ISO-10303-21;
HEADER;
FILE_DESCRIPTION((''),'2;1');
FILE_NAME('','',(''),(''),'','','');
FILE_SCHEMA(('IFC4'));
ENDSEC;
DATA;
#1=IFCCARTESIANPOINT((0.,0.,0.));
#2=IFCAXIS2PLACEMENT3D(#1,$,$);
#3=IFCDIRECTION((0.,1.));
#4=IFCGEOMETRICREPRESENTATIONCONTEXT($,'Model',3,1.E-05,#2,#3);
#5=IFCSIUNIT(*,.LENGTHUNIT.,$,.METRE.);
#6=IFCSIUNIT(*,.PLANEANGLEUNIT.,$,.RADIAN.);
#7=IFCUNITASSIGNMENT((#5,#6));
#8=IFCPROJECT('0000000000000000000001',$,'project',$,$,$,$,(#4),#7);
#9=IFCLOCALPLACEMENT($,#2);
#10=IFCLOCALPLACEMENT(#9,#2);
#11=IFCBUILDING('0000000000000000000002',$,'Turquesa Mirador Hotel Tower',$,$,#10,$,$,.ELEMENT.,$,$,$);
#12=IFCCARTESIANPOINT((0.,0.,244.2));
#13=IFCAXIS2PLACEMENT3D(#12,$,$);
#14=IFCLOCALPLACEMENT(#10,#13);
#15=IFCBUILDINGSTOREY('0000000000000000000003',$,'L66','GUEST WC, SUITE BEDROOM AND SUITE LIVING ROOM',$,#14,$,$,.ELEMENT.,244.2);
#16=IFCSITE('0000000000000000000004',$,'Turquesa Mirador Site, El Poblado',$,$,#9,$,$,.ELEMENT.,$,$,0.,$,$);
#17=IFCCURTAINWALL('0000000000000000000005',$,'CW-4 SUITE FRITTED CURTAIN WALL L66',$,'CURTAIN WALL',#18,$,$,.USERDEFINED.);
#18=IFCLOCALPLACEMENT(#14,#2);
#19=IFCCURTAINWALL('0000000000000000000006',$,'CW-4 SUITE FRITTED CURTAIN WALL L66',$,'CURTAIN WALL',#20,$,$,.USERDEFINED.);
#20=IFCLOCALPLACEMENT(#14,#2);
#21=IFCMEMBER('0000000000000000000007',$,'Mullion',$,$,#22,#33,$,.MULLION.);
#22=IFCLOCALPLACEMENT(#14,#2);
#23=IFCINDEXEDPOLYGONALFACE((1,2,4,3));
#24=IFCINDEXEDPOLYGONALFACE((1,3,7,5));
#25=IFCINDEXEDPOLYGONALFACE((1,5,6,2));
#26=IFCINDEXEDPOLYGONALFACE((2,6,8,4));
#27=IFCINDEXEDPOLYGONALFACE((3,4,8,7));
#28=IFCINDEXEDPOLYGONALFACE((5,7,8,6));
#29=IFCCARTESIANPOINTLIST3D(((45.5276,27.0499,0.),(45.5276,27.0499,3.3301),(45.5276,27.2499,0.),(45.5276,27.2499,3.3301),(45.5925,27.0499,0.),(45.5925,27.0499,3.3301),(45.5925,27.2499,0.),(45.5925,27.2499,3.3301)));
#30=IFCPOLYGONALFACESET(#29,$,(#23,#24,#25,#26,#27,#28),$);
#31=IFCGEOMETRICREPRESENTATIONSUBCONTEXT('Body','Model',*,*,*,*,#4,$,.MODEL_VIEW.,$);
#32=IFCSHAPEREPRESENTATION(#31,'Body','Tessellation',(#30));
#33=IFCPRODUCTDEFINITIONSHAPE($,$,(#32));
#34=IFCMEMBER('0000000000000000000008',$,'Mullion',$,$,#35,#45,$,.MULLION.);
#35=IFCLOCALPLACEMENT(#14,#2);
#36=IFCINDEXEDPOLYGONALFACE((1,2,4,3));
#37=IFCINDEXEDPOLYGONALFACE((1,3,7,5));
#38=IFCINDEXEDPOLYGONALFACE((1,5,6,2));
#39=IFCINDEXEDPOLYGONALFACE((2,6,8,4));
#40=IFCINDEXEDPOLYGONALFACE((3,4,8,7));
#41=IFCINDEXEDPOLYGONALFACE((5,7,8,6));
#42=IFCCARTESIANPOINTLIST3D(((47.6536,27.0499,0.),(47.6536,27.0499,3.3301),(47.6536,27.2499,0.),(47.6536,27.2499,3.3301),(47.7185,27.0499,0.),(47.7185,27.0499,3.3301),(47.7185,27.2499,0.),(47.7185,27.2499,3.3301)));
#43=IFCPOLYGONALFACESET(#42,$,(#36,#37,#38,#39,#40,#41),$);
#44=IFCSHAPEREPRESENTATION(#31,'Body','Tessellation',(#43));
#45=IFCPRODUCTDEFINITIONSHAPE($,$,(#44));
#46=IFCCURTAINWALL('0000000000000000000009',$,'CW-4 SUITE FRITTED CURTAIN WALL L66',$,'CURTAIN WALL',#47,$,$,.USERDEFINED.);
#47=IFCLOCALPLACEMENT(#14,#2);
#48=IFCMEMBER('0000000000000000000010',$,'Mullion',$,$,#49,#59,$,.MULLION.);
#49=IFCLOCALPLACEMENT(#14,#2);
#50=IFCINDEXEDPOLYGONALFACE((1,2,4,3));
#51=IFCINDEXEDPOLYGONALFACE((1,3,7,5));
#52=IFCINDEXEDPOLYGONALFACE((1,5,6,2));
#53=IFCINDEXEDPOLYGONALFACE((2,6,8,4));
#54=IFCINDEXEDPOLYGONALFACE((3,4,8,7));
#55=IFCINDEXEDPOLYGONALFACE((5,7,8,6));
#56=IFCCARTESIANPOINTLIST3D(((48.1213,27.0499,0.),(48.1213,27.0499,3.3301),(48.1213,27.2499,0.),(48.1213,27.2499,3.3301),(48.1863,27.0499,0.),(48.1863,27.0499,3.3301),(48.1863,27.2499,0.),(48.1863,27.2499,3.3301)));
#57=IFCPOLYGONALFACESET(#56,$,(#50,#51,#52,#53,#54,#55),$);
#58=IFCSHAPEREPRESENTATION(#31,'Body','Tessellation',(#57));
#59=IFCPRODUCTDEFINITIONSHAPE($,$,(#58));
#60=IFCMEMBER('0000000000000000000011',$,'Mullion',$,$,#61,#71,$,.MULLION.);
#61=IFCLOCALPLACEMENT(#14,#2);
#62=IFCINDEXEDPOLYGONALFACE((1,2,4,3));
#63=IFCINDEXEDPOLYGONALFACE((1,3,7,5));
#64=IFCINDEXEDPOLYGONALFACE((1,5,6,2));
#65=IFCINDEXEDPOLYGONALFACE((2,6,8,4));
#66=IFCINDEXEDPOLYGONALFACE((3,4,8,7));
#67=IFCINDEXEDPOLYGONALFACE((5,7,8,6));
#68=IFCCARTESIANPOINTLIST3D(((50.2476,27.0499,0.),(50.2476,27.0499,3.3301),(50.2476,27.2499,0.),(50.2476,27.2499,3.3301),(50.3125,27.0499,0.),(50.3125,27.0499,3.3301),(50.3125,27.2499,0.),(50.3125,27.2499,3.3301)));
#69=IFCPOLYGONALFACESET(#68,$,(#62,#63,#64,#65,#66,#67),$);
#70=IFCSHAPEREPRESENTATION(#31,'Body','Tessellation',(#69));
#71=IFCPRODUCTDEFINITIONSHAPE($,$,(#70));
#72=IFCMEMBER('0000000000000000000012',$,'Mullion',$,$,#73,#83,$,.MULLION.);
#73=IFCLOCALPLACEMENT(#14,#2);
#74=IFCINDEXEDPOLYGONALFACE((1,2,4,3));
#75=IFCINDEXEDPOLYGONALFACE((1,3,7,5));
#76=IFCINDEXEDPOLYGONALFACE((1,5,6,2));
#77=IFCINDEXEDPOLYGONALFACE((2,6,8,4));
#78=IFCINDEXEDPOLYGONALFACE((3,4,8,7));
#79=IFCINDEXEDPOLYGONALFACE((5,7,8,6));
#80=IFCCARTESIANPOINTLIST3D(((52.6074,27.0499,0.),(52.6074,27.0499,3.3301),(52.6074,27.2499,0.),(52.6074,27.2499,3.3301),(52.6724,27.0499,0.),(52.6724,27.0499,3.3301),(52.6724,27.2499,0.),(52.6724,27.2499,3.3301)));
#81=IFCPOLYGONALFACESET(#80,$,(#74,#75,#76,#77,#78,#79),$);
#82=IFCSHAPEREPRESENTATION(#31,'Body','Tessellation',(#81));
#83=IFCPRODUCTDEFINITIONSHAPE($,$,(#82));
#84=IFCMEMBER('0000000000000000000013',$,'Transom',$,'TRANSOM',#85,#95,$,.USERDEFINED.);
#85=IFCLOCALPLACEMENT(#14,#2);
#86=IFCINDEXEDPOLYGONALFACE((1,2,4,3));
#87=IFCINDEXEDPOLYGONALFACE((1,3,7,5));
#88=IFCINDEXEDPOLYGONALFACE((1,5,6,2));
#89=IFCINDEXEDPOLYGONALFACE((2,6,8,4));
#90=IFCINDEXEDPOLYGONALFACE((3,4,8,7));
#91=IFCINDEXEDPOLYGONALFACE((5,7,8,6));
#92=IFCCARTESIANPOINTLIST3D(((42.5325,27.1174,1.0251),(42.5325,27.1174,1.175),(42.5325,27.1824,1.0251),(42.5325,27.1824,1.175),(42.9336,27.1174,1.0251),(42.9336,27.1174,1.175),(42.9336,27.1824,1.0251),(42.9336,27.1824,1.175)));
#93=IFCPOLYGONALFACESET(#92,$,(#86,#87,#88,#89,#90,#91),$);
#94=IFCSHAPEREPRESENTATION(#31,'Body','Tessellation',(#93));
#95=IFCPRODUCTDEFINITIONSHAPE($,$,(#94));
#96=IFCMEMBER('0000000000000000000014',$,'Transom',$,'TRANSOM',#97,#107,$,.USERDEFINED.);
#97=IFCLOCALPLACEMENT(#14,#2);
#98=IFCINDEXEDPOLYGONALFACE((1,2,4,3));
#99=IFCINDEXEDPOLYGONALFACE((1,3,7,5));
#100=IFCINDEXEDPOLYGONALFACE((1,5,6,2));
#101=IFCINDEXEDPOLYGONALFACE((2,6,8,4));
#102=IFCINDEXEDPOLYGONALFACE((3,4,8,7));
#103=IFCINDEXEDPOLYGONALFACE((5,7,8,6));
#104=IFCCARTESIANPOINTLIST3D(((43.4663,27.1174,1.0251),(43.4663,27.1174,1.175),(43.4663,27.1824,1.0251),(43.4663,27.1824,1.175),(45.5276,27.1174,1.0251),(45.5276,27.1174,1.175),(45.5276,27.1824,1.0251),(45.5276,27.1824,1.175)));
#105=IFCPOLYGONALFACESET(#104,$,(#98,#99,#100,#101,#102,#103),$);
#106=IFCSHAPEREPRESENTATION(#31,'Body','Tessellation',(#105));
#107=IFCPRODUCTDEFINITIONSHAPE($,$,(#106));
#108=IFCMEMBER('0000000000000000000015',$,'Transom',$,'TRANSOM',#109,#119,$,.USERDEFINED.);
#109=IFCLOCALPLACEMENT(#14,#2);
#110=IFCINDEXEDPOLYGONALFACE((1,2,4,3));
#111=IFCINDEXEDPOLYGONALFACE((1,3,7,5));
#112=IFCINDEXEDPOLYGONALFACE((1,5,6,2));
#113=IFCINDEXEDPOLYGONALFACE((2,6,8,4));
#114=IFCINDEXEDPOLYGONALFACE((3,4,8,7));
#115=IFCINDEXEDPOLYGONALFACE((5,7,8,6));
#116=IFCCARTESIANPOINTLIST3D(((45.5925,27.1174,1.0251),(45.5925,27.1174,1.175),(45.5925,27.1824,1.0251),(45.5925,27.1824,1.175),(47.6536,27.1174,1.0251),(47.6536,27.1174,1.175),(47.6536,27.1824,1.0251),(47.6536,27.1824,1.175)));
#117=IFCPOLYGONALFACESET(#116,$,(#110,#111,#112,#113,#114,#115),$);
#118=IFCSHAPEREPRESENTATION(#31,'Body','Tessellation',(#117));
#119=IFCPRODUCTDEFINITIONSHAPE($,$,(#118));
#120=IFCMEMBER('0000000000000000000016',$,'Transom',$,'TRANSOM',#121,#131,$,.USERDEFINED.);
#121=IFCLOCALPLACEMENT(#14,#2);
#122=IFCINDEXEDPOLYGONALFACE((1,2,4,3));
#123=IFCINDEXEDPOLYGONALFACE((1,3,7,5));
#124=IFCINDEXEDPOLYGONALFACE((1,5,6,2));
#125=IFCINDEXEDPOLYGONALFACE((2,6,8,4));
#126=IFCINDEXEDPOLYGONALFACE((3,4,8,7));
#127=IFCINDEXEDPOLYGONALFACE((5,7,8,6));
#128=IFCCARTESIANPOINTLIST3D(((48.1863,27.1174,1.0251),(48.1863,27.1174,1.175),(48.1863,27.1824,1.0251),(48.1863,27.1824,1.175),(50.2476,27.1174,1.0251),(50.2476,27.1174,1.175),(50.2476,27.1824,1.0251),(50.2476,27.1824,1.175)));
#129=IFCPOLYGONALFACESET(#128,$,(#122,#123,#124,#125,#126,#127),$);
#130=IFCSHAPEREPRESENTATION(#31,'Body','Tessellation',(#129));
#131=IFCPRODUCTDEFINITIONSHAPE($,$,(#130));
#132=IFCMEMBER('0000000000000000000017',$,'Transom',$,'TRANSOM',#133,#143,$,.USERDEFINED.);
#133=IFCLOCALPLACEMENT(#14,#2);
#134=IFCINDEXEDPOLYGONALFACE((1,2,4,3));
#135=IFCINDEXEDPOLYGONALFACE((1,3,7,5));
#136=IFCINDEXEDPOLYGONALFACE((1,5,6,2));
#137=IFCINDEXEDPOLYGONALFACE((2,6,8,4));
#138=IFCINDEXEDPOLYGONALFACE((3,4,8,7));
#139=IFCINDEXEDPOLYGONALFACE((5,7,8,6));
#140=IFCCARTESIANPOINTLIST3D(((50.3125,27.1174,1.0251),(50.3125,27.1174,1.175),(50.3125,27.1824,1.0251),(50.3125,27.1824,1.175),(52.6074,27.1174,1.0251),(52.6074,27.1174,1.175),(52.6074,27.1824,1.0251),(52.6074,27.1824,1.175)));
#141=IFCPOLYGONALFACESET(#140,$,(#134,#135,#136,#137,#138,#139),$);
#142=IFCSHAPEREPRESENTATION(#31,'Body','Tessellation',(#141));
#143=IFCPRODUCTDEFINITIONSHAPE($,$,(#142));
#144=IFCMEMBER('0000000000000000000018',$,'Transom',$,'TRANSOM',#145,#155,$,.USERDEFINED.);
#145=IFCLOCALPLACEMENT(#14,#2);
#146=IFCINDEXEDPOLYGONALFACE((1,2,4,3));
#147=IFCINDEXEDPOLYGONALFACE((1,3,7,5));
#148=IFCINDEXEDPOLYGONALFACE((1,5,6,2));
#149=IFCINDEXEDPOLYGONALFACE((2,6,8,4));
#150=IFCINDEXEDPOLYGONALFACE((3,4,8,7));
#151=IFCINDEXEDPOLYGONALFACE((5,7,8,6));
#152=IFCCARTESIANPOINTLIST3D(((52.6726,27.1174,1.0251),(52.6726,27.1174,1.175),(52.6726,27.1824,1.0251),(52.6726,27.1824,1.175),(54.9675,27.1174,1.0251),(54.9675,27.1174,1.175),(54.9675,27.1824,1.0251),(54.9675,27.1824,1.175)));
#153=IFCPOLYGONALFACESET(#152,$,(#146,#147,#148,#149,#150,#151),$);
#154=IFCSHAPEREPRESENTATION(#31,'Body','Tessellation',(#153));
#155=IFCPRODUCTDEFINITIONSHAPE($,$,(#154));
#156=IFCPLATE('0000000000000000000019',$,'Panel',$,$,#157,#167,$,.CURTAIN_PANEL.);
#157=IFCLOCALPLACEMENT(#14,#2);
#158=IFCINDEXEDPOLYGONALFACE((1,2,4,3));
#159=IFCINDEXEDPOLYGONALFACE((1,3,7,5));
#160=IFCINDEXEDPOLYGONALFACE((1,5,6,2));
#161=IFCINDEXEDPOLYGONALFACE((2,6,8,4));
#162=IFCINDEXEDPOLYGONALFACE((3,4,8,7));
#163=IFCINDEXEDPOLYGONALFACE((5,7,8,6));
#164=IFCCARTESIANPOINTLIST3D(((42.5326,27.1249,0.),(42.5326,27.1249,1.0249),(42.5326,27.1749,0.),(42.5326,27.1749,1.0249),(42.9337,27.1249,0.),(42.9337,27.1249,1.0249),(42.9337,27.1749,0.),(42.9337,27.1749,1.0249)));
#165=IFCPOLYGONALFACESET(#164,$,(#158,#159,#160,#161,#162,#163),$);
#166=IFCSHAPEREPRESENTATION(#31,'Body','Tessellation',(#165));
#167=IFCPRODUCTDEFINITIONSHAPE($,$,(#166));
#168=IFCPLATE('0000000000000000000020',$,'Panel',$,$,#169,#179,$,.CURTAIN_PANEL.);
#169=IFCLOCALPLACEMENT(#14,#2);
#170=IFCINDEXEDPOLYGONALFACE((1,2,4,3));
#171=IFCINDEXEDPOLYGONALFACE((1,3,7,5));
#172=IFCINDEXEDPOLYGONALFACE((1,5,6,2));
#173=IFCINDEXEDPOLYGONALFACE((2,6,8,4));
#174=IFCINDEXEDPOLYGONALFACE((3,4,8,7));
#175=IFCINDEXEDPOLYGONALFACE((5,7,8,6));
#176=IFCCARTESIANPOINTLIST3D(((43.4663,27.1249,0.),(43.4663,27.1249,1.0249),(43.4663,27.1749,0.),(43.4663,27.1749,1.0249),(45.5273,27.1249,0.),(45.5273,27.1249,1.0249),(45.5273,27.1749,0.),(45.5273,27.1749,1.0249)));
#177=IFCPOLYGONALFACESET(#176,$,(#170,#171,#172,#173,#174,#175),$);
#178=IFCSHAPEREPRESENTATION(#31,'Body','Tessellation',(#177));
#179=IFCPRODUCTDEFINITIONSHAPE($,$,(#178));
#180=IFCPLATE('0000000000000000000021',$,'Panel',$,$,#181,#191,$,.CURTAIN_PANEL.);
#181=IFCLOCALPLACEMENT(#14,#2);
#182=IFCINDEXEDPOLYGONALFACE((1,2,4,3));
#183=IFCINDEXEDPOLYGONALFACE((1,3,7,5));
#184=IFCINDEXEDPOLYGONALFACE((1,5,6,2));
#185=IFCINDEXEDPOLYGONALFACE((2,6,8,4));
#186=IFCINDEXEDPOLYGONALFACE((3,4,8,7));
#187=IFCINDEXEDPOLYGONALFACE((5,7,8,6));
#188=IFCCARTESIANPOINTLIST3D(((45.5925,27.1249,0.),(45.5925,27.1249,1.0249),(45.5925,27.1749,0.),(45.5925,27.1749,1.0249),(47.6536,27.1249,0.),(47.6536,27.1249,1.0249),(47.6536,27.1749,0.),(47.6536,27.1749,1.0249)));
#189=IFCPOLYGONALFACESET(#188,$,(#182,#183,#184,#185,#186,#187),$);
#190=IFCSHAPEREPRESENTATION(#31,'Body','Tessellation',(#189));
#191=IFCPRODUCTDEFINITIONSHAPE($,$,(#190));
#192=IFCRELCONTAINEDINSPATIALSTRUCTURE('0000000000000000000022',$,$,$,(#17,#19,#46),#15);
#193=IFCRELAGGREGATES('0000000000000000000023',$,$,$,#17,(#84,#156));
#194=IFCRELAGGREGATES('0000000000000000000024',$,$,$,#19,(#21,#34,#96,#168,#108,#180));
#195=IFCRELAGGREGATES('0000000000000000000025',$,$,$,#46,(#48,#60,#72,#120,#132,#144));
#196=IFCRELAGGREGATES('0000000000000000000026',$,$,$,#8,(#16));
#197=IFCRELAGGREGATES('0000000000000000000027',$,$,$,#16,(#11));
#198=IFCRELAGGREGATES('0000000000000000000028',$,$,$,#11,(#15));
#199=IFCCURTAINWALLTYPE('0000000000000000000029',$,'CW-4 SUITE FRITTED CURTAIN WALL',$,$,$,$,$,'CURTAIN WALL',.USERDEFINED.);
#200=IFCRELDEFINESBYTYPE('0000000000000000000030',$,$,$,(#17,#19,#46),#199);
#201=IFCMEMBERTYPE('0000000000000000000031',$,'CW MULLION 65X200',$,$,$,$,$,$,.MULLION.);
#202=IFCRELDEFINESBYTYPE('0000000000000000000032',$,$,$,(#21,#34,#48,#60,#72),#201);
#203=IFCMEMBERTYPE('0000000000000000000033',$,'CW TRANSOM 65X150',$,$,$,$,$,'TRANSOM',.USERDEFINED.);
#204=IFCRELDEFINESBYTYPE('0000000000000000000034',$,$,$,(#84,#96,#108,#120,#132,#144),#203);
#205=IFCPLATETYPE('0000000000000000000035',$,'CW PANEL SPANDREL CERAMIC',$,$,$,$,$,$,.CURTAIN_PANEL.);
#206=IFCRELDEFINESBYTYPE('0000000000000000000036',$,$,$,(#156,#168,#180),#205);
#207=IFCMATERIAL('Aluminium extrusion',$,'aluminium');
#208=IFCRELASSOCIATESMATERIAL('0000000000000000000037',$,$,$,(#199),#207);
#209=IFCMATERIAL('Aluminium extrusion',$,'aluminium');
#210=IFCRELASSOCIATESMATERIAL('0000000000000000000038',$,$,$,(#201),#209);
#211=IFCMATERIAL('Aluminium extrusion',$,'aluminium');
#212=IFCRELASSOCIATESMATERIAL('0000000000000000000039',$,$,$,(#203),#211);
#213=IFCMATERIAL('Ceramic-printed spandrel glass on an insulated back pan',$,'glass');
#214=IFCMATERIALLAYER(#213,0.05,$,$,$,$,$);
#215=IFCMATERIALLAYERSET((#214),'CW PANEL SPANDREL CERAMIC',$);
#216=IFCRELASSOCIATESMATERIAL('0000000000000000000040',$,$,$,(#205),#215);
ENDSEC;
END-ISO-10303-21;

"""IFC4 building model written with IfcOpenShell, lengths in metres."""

from ifc_helpers import new_model, si_unit, direction, frame, origin, origin_2d, place, context, subcontext, project, spatial, rectangle, extrude, material, layer, layer_set, material_profile, profile_set, type_object, element, aggregate, save


model = new_model("IFC4")

# Units and contexts
model_context = context("Model", 3, precision=1e-05, world=origin(), true_north=direction((0.0, 1.0)))
body_context = subcontext(model_context, "Body", "Model", "MODEL_VIEW")
ifc_project = project(units=[si_unit("LENGTHUNIT", "METRE"), si_unit("PLANEANGLEUNIT", "RADIAN")], contexts=[model_context])

# Site, building, storey
site_placement = place(None, origin())
site = spatial("IfcSite", under=ifc_project, at=site_placement, Name="Turquesa Mirador Site, El Poblado", CompositionType="ELEMENT", RefElevation=0.0)
building_placement = place(site_placement, origin())
building = spatial("IfcBuilding", under=site, at=building_placement, Name="Turquesa Mirador Hotel Tower", CompositionType="ELEMENT")
storey_placement = place(building_placement, frame((0.0, 0.0, 244.2)))
storey = spatial("IfcBuildingStorey", under=building, at=storey_placement, Name="L66", Description="GUEST WC, SUITE BEDROOM AND SUITE LIVING ROOM", CompositionType="ELEMENT", Elevation=244.2)

# Curtain walls, members
ifc_material_1 = material(Name="Aluminium extrusion", Category="aluminium")
curtain_wall_type = type_object("IfcCurtainWallType", Name="CW-4 SUITE FRITTED CURTAIN WALL", ElementType="CURTAIN WALL", PredefinedType="USERDEFINED", material=ifc_material_1)
curtain_wall_1_placement = place(storey_placement, origin())
curtain_wall_1 = element("IfcCurtainWall", 1, at=curtain_wall_1_placement, inside=storey, type_object=curtain_wall_type, Name="CW-4 SUITE FRITTED CURTAIN WALL L66", ObjectType="CURTAIN WALL", PredefinedType="USERDEFINED")
ifc_material_2 = material(Name="Aluminium extrusion", Category="aluminium")
ifc_material_profile_1 = material_profile(ifc_material_2, rectangle(XDim=0.0649, YDim=0.2, at=origin_2d()), Name="MULLION 65X200")
ifc_profile_set_1 = profile_set([ifc_material_profile_1], Name="Aluminium extrusion")
member_type_1 = type_object("IfcMemberType", Name="CW MULLION 65X200", PredefinedType="MULLION", material=ifc_profile_set_1)
curtain_wall_2_placement = place(storey_placement, origin())
curtain_wall_2 = element("IfcCurtainWall", 2, at=curtain_wall_2_placement, inside=storey, type_object=curtain_wall_type, Name="CW-4 SUITE FRITTED CURTAIN WALL L66", ObjectType="CURTAIN WALL", PredefinedType="USERDEFINED")
member_1_placement = place(storey_placement, frame((45.5601, 27.1499, 0.0), z_axis=(0.0, 0.0, 1.0), x_axis=(1.0, 0.0, 0.0)))
member_1 = element("IfcMember", 3, at=member_1_placement, type_object=member_type_1, Name="Mullion", PredefinedType="MULLION", context=body_context, shape_type="SweptSolid", body=[
    extrude(rectangle(XDim=0.0649, YDim=0.2, at=origin_2d()), origin(), (0.0, 0.0, 1.0), 3.3301),
])
member_2_placement = place(storey_placement, frame((47.686, 27.1499, 0.0), z_axis=(0.0, 0.0, 1.0), x_axis=(1.0, 0.0, 0.0)))
member_2 = element("IfcMember", 4, at=member_2_placement, type_object=member_type_1, Name="Mullion", PredefinedType="MULLION", context=body_context, shape_type="SweptSolid", body=[
    extrude(rectangle(XDim=0.0649, YDim=0.2, at=origin_2d()), origin(), (0.0, 0.0, 1.0), 3.3301),
])
curtain_wall_3_placement = place(storey_placement, origin())
curtain_wall_3 = element("IfcCurtainWall", 5, at=curtain_wall_3_placement, inside=storey, type_object=curtain_wall_type, Name="CW-4 SUITE FRITTED CURTAIN WALL L66", ObjectType="CURTAIN WALL", PredefinedType="USERDEFINED")
member_3_placement = place(storey_placement, frame((48.1538, 27.1499, 0.0), z_axis=(0.0, 0.0, 1.0), x_axis=(1.0, 0.0, 0.0)))
member_3 = element("IfcMember", 6, at=member_3_placement, type_object=member_type_1, Name="Mullion", PredefinedType="MULLION", context=body_context, shape_type="SweptSolid", body=[
    extrude(rectangle(XDim=0.0649, YDim=0.2, at=origin_2d()), origin(), (0.0, 0.0, 1.0), 3.3301),
])
member_4_placement = place(storey_placement, frame((50.28, 27.1499, 0.0), z_axis=(0.0, 0.0, 1.0), x_axis=(1.0, 0.0, 0.0)))
member_4 = element("IfcMember", 7, at=member_4_placement, type_object=member_type_1, Name="Mullion", PredefinedType="MULLION", context=body_context, shape_type="SweptSolid", body=[
    extrude(rectangle(XDim=0.0649, YDim=0.2, at=origin_2d()), origin(), (0.0, 0.0, 1.0), 3.3301),
])
member_5_placement = place(storey_placement, frame((52.6399, 27.1499, 0.0), z_axis=(0.0, 0.0, 1.0), x_axis=(1.0, 0.0, 0.0)))
member_5 = element("IfcMember", 8, at=member_5_placement, type_object=member_type_1, Name="Mullion", PredefinedType="MULLION", context=body_context, shape_type="SweptSolid", body=[
    extrude(rectangle(XDim=0.0649, YDim=0.2, at=origin_2d()), origin(), (0.0, 0.0, 1.0), 3.3301),
])

# Members
ifc_material_3 = material(Name="Aluminium extrusion", Category="aluminium")
ifc_material_profile_2 = material_profile(ifc_material_3, rectangle(XDim=0.0649, YDim=0.1499, at=origin_2d()), Name="TRANSOM 65X150")
ifc_profile_set_2 = profile_set([ifc_material_profile_2], Name="Aluminium extrusion")
member_type_2 = type_object("IfcMemberType", Name="CW TRANSOM 65X150", ElementType="TRANSOM", PredefinedType="USERDEFINED", material=ifc_profile_set_2)
member_6_placement = place(storey_placement, frame((42.5325, 27.1499, 1.1001), z_axis=(1.0, 0.0, 0.0), x_axis=(0.0, 1.0, 0.0)))
member_6 = element("IfcMember", 9, at=member_6_placement, type_object=member_type_2, Name="Transom", ObjectType="TRANSOM", PredefinedType="USERDEFINED", context=body_context, shape_type="SweptSolid", body=[
    extrude(rectangle(XDim=0.0649, YDim=0.1499, at=origin_2d()), origin(), (0.0, 0.0, 1.0), 0.4011),
])
member_7_placement = place(storey_placement, frame((43.4663, 27.1499, 1.1001), z_axis=(1.0, 0.0, 0.0), x_axis=(0.0, 1.0, 0.0)))
member_7 = element("IfcMember", 10, at=member_7_placement, type_object=member_type_2, Name="Transom", ObjectType="TRANSOM", PredefinedType="USERDEFINED", context=body_context, shape_type="SweptSolid", body=[
    extrude(rectangle(XDim=0.0649, YDim=0.1499, at=origin_2d()), origin(), (0.0, 0.0, 1.0), 2.0613),
])
member_8_placement = place(storey_placement, frame((45.5925, 27.1499, 1.1001), z_axis=(1.0, 0.0, 0.0), x_axis=(0.0, 1.0, 0.0)))
member_8 = element("IfcMember", 11, at=member_8_placement, type_object=member_type_2, Name="Transom", ObjectType="TRANSOM", PredefinedType="USERDEFINED", context=body_context, shape_type="SweptSolid", body=[
    extrude(rectangle(XDim=0.0649, YDim=0.1499, at=origin_2d()), origin(), (0.0, 0.0, 1.0), 2.061),
])
member_9_placement = place(storey_placement, frame((48.1863, 27.1499, 1.1001), z_axis=(1.0, 0.0, 0.0), x_axis=(0.0, 1.0, 0.0)))
member_9 = element("IfcMember", 12, at=member_9_placement, type_object=member_type_2, Name="Transom", ObjectType="TRANSOM", PredefinedType="USERDEFINED", context=body_context, shape_type="SweptSolid", body=[
    extrude(rectangle(XDim=0.0649, YDim=0.1499, at=origin_2d()), origin(), (0.0, 0.0, 1.0), 2.0613),
])
member_10_placement = place(storey_placement, frame((50.3125, 27.1499, 1.1001), z_axis=(1.0, 0.0, 0.0), x_axis=(0.0, 1.0, 0.0)))
member_10 = element("IfcMember", 13, at=member_10_placement, type_object=member_type_2, Name="Transom", ObjectType="TRANSOM", PredefinedType="USERDEFINED", context=body_context, shape_type="SweptSolid", body=[
    extrude(rectangle(XDim=0.0649, YDim=0.1499, at=origin_2d()), origin(), (0.0, 0.0, 1.0), 2.2949),
])
member_11_placement = place(storey_placement, frame((52.6726, 27.1499, 1.1001), z_axis=(1.0, 0.0, 0.0), x_axis=(0.0, 1.0, 0.0)))
member_11 = element("IfcMember", 14, at=member_11_placement, type_object=member_type_2, Name="Transom", ObjectType="TRANSOM", PredefinedType="USERDEFINED", context=body_context, shape_type="SweptSolid", body=[
    extrude(rectangle(XDim=0.0649, YDim=0.1499, at=origin_2d()), origin(), (0.0, 0.0, 1.0), 2.2949),
])

# Plates
ifc_material_4 = material(Name="Ceramic-printed spandrel glass on an insulated back pan", Category="glass")
ifc_layer_1 = layer(ifc_material_4, 0.05)
ifc_layer_set_1 = layer_set([ifc_layer_1], Name="CW PANEL SPANDREL CERAMIC")
plate_type_1 = type_object("IfcPlateType", Name="CW PANEL SPANDREL CERAMIC", PredefinedType="CURTAIN_PANEL", material=ifc_layer_set_1)
plate_1_placement = place(storey_placement, frame((42.7332, 27.1499, 0.0), z_axis=(0.0, 0.0, 1.0), x_axis=(1.0, 0.0, 0.0)))
plate_1 = element("IfcPlate", 15, at=plate_1_placement, type_object=plate_type_1, Name="Panel", PredefinedType="CURTAIN_PANEL", context=body_context, shape_type="SweptSolid", body=[
    extrude(rectangle(XDim=0.4011, YDim=0.05, at=origin_2d()), origin(), (0.0, 0.0, 1.0), 1.0249),
])
plate_2_placement = place(storey_placement, frame((44.4968, 27.1499, 0.0), z_axis=(0.0, 0.0, 1.0), x_axis=(1.0, 0.0, 0.0)))
plate_2 = element("IfcPlate", 16, at=plate_2_placement, type_object=plate_type_1, Name="Panel", PredefinedType="CURTAIN_PANEL", context=body_context, shape_type="SweptSolid", body=[
    extrude(rectangle(XDim=2.061, YDim=0.05, at=origin_2d()), origin(), (0.0, 0.0, 1.0), 1.0249),
])
plate_3_placement = place(storey_placement, frame((46.623, 27.1499, 0.0), z_axis=(0.0, 0.0, 1.0), x_axis=(1.0, 0.0, 0.0)))
plate_3 = element("IfcPlate", 17, at=plate_3_placement, type_object=plate_type_1, Name="Panel", PredefinedType="CURTAIN_PANEL", context=body_context, shape_type="SweptSolid", body=[
    extrude(rectangle(XDim=2.061, YDim=0.05, at=origin_2d()), origin(), (0.0, 0.0, 1.0), 1.0249),
])
aggregate(curtain_wall_1, [member_6, plate_1])
aggregate(curtain_wall_2, [member_1, member_2, member_7, plate_2, member_8, plate_3])
aggregate(curtain_wall_3, [member_3, member_4, member_5, member_9, member_10, member_11])

save(model, "model.ifc")
